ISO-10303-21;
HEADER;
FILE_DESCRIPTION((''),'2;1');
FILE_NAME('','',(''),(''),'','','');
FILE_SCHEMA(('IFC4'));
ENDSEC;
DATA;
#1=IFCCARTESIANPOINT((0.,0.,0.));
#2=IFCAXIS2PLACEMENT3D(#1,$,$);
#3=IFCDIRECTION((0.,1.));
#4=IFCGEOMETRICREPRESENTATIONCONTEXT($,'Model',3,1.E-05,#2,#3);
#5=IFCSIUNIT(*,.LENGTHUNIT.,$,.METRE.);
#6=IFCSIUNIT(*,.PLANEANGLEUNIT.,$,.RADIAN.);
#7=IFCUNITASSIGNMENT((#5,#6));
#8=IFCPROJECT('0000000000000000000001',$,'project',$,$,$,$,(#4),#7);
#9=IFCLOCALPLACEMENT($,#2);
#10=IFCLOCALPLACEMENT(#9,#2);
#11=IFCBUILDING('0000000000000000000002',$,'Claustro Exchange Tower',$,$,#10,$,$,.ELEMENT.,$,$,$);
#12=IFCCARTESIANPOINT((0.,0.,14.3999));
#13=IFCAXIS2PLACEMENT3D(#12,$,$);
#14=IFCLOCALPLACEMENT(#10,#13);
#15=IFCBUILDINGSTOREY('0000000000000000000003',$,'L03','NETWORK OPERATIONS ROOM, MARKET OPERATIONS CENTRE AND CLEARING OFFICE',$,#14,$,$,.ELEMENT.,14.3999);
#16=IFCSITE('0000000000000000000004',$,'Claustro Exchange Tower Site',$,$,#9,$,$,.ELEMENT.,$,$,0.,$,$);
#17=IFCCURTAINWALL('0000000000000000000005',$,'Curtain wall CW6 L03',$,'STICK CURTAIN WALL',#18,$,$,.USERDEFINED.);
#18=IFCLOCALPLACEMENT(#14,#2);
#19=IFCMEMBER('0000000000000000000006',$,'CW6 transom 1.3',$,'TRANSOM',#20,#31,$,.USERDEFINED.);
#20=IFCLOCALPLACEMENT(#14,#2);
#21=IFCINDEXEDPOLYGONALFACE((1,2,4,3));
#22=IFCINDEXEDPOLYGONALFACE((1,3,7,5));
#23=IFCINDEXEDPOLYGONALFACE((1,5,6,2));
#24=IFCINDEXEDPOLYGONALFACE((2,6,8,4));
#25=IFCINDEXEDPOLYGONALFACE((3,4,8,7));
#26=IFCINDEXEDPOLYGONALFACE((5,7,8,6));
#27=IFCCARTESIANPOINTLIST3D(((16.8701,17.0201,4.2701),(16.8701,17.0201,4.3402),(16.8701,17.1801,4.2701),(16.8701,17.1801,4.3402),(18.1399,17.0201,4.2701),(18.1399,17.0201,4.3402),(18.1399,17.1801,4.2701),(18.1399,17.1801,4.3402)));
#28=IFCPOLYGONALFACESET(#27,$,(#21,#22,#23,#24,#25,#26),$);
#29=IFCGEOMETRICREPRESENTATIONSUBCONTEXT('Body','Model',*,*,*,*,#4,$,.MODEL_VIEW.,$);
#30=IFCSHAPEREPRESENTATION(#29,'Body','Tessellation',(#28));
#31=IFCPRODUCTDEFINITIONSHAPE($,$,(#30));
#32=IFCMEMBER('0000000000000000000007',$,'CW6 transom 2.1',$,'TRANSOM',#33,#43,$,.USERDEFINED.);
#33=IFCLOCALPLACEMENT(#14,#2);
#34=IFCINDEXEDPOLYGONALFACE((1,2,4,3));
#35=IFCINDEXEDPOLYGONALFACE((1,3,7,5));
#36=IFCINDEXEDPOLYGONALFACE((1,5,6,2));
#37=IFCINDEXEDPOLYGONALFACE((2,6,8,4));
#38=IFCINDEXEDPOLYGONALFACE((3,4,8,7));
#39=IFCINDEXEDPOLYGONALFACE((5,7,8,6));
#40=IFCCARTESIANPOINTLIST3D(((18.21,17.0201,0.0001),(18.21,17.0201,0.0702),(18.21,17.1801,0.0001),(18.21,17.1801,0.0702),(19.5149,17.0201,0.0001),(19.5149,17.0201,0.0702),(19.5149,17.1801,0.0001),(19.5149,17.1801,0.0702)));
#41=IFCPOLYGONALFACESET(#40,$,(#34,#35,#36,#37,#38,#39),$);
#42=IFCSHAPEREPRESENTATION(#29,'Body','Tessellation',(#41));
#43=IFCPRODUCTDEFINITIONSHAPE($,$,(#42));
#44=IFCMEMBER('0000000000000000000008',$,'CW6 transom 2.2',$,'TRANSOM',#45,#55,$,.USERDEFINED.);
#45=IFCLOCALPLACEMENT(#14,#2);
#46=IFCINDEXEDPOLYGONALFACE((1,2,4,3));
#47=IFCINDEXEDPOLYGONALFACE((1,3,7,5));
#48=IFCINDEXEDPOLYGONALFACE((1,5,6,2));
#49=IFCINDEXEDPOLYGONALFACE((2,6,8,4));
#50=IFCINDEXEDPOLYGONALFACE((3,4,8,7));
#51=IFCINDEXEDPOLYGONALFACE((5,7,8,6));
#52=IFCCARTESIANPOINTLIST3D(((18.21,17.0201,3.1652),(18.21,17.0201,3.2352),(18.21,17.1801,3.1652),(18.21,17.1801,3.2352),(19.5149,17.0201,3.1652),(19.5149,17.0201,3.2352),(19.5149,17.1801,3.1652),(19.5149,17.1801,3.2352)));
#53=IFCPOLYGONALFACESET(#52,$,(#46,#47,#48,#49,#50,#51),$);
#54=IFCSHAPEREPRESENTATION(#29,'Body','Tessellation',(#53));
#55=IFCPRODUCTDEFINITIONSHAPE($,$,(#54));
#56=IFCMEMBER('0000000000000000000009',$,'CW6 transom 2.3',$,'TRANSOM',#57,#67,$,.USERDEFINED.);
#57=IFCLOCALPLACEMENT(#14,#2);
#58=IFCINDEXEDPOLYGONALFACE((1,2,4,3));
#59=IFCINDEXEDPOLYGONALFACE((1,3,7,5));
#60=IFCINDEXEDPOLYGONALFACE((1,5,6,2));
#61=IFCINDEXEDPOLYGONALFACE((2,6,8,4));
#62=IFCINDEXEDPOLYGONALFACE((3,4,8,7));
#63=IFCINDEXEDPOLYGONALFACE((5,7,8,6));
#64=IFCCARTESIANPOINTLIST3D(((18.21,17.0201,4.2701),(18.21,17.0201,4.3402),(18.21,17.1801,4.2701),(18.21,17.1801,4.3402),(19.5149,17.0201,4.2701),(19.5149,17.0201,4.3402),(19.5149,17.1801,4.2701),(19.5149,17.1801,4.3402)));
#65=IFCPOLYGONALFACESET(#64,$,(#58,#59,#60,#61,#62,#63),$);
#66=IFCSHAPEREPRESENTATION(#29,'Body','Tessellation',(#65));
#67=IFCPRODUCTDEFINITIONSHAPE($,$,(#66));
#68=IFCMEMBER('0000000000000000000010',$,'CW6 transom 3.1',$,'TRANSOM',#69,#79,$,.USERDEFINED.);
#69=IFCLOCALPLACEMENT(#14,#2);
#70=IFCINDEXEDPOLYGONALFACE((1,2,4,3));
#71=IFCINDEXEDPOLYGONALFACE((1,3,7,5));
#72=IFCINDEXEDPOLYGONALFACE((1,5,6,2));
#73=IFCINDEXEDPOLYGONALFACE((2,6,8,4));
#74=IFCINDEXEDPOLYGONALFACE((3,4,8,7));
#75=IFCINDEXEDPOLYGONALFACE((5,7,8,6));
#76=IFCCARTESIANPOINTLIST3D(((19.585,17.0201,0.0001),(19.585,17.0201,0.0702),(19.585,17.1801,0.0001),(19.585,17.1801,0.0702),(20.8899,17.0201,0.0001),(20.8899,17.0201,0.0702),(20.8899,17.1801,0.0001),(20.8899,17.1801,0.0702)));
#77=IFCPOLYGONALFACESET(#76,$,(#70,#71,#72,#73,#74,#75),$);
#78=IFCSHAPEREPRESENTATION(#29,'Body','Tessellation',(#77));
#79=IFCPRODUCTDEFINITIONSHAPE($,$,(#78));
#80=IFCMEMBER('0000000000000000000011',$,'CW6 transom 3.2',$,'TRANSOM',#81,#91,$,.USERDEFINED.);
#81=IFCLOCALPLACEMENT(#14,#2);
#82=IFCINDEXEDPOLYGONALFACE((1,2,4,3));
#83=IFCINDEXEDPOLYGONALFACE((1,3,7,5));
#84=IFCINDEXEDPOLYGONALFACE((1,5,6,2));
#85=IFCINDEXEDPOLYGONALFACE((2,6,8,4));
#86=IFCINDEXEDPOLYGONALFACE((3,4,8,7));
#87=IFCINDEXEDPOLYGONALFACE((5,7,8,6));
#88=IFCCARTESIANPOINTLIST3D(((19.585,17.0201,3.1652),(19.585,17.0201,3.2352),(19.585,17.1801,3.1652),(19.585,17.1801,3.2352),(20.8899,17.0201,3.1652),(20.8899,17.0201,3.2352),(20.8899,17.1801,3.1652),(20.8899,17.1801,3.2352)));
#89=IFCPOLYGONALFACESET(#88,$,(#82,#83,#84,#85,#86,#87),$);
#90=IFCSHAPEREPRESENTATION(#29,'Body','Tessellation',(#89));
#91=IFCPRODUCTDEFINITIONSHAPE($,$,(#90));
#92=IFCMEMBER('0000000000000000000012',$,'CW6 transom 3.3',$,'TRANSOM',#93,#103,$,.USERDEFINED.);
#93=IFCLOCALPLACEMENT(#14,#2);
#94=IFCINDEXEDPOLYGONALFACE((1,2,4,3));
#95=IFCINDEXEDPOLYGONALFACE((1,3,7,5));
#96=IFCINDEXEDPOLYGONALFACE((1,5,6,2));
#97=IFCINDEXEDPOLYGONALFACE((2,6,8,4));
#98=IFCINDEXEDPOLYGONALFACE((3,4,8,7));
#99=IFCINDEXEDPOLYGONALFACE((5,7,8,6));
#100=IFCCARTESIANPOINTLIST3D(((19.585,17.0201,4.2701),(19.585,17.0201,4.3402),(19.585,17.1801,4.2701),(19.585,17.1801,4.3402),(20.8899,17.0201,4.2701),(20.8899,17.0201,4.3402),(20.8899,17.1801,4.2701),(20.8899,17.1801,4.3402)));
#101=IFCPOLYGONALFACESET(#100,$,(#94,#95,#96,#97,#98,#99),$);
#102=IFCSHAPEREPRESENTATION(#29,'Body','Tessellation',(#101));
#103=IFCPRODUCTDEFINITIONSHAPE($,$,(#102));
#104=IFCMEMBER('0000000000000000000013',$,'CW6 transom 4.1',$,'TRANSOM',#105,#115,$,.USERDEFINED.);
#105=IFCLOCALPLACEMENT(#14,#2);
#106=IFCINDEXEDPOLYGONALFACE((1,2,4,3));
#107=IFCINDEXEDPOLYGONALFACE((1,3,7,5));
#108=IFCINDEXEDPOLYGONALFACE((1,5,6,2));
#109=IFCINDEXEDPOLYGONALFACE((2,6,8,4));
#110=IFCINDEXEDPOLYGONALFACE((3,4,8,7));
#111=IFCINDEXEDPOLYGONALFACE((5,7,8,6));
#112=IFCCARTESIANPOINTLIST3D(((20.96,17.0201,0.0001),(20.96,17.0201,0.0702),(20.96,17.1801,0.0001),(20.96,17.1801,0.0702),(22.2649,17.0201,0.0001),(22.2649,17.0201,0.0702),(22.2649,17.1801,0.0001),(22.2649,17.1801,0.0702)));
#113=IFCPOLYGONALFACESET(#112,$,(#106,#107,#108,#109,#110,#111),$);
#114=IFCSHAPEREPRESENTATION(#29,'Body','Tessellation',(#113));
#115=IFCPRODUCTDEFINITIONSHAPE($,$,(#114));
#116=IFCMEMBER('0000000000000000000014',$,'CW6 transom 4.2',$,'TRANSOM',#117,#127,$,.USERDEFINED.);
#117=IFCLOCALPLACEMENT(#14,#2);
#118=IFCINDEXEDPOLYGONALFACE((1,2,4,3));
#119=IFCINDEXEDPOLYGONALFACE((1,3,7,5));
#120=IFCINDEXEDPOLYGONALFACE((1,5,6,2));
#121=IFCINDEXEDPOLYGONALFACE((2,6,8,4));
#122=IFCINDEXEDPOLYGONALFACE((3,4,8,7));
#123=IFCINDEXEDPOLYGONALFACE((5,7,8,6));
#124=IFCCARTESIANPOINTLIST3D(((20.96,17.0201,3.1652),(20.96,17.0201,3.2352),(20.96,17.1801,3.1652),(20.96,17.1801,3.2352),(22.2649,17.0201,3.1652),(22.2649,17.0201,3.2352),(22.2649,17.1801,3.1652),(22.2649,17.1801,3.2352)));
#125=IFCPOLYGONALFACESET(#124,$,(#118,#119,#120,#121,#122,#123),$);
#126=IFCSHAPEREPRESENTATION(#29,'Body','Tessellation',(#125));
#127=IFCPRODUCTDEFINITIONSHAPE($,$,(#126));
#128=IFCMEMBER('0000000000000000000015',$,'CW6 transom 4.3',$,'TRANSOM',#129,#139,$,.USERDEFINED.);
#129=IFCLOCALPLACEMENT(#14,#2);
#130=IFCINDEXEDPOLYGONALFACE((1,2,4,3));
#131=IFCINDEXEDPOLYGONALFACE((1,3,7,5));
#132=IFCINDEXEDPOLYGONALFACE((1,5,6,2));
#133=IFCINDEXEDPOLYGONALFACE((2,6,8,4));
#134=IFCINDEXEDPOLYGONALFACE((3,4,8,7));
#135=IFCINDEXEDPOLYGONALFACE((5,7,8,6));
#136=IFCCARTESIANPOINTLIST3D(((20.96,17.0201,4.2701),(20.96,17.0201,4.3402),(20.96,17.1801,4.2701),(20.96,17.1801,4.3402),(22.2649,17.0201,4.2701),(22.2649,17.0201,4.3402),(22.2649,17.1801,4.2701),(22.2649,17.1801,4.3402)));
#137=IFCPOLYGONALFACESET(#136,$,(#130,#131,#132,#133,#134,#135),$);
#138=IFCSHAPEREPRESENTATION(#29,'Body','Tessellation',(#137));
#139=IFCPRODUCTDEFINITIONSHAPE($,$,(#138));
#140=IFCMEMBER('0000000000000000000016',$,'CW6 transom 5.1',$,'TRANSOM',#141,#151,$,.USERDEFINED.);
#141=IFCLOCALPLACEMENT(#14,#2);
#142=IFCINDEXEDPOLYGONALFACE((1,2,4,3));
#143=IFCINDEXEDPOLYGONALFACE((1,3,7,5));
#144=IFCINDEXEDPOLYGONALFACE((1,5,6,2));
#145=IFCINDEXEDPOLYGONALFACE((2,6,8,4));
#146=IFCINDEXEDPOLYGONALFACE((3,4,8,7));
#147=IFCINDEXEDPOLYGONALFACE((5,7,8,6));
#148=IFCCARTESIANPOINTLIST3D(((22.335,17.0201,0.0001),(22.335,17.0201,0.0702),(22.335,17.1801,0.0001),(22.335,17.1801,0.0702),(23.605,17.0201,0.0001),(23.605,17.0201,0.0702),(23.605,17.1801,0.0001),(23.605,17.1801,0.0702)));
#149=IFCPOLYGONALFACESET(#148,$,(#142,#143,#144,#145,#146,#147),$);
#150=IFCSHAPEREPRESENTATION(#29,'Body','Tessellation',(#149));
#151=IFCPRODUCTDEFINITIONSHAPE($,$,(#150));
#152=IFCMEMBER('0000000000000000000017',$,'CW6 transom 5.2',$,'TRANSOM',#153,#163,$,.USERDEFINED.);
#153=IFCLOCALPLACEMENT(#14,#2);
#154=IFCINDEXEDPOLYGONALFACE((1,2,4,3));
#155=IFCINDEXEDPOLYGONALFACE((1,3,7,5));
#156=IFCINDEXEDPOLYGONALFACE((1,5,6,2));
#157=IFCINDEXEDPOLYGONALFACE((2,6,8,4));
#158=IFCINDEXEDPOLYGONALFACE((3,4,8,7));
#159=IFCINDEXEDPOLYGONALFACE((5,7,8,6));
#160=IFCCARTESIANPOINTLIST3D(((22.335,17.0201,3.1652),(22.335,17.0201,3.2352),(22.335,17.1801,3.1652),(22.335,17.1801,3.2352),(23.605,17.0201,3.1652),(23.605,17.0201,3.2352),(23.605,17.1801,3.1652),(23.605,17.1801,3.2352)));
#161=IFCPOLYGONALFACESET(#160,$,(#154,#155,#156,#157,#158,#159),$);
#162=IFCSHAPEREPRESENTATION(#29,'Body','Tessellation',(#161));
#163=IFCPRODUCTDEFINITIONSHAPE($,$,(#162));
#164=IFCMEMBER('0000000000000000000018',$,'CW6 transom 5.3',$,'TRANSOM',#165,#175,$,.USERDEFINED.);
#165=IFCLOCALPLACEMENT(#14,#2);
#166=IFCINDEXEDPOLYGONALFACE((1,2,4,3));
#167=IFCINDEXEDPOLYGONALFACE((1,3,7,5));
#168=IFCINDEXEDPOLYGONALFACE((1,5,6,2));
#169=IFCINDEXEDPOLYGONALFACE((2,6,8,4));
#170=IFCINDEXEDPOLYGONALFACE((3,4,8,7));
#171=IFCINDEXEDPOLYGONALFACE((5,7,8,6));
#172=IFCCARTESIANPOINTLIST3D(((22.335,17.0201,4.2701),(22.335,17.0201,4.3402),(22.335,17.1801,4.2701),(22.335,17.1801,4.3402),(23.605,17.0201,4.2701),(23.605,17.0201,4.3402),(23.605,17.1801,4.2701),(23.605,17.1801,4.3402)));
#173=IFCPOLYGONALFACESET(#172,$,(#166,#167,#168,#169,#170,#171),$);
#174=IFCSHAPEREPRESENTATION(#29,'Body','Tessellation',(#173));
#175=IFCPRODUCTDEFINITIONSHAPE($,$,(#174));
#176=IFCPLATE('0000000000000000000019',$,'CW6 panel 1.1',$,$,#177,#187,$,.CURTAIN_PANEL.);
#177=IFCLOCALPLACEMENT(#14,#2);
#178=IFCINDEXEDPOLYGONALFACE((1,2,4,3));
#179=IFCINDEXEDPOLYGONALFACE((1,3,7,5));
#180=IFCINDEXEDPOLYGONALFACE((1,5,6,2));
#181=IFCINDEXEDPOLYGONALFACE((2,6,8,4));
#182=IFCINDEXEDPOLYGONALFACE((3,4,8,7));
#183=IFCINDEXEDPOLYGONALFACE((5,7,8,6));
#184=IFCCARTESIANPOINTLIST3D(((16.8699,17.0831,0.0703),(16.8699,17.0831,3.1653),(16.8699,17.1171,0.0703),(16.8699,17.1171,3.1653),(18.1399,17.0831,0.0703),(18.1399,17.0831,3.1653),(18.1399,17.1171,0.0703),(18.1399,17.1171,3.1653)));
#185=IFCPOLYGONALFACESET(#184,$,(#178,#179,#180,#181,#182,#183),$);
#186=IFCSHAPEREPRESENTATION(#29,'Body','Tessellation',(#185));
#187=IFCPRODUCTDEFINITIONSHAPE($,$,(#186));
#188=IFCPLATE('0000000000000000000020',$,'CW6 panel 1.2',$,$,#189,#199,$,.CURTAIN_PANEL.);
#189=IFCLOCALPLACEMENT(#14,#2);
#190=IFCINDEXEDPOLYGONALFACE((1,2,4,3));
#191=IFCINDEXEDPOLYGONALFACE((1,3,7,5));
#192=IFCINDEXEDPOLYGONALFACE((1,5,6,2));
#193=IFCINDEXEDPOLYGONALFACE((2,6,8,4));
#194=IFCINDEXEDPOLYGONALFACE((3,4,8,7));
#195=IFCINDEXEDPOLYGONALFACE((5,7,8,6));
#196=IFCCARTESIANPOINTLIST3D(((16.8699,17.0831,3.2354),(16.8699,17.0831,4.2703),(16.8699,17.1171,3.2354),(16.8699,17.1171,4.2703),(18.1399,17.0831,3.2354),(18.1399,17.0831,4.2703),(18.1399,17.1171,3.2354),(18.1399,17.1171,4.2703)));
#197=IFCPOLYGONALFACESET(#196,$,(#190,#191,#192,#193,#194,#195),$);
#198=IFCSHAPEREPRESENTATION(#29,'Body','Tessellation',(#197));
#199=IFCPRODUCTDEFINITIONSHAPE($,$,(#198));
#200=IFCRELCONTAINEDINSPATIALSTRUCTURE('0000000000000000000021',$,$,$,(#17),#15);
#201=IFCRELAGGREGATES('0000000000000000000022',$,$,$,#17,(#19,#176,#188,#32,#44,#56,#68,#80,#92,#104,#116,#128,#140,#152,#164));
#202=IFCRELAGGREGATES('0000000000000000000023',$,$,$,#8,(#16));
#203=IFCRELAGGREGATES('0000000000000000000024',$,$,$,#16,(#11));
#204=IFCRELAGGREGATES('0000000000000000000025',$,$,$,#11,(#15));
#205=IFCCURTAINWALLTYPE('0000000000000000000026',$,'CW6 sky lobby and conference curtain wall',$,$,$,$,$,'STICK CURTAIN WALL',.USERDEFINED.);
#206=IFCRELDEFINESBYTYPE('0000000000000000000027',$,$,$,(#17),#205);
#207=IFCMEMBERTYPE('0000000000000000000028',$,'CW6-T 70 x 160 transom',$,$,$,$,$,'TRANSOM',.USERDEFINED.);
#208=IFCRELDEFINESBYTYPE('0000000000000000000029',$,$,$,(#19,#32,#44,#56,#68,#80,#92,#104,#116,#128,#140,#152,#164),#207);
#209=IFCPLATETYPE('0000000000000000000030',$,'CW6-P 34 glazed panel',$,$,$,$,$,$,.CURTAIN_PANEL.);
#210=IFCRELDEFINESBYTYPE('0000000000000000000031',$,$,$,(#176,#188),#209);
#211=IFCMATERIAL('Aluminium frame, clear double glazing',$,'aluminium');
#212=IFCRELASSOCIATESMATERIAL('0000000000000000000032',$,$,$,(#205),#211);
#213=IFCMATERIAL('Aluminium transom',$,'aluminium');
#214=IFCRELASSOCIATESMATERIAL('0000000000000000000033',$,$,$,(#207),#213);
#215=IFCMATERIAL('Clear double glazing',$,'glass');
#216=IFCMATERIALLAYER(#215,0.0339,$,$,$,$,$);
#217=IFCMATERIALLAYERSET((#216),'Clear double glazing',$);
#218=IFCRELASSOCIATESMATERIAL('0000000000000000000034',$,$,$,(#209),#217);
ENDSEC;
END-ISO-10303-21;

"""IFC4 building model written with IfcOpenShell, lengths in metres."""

from ifc_helpers import new_model, si_unit, direction, frame, origin, origin_2d, place, context, subcontext, project, spatial, rectangle, extrude, material, layer, layer_set, material_profile, profile_set, type_object, element, aggregate, save


model = new_model("IFC4")

# Units and contexts
model_context = context("Model", 3, precision=1e-05, world=origin(), true_north=direction((0.0, 1.0)))
body_context = subcontext(model_context, "Body", "Model", "MODEL_VIEW")
ifc_project = project(units=[si_unit("LENGTHUNIT", "METRE"), si_unit("PLANEANGLEUNIT", "RADIAN")], contexts=[model_context])

# Site, building, storey
site_placement = place(None, origin())
site = spatial("IfcSite", under=ifc_project, at=site_placement, Name="Claustro Exchange Tower Site", CompositionType="ELEMENT", RefElevation=0.0)
building_placement = place(site_placement, origin())
building = spatial("IfcBuilding", under=site, at=building_placement, Name="Claustro Exchange Tower", CompositionType="ELEMENT")
storey_placement = place(building_placement, frame((0.0, 0.0, 14.3999)))
storey = spatial("IfcBuildingStorey", under=building, at=storey_placement, Name="L03", Description="NETWORK OPERATIONS ROOM, MARKET OPERATIONS CENTRE AND CLEARING OFFICE", CompositionType="ELEMENT", Elevation=14.3999)

# Curtain wall, members, plates
ifc_material_1 = material(Name="Aluminium frame, clear double glazing", Category="aluminium")
curtain_wall_type = type_object("IfcCurtainWallType", Name="CW6 sky lobby and conference curtain wall", ElementType="STICK CURTAIN WALL", PredefinedType="USERDEFINED", material=ifc_material_1)
curtain_wall_placement = place(storey_placement, origin())
curtain_wall = element("IfcCurtainWall", 1, at=curtain_wall_placement, inside=storey, type_object=curtain_wall_type, Name="Curtain wall CW6 L03", ObjectType="STICK CURTAIN WALL", PredefinedType="USERDEFINED")
ifc_material_2 = material(Name="Aluminium transom", Category="aluminium")
ifc_material_profile_1 = material_profile(ifc_material_2, rectangle(XDim=0.1599, YDim=0.0701, at=origin_2d()), Name="CW6-T 70x160")
ifc_profile_set_1 = profile_set([ifc_material_profile_1], Name="Aluminium transom")
member_type_1 = type_object("IfcMemberType", Name="CW6-T 70 x 160 transom", ElementType="TRANSOM", PredefinedType="USERDEFINED", material=ifc_profile_set_1)
member_1_placement = place(storey_placement, frame((16.8701, 17.1001, 4.3052), z_axis=(1.0, 0.0, 0.0), x_axis=(0.0, 1.0, 0.0)))
member_1 = element("IfcMember", 2, at=member_1_placement, type_object=member_type_1, Name="CW6 transom 1.3", ObjectType="TRANSOM", PredefinedType="USERDEFINED", context=body_context, shape_type="SweptSolid", body=[
    extrude(rectangle(XDim=0.1599, YDim=0.0701, at=origin_2d()), origin(), (0.0, 0.0, 1.0), 1.2698),
])
member_2_placement = place(storey_placement, frame((18.21, 17.1001, 0.0352), z_axis=(1.0, 0.0, 0.0), x_axis=(0.0, 1.0, 0.0)))
member_2 = element("IfcMember", 3, at=member_2_placement, type_object=member_type_1, Name="CW6 transom 2.1", ObjectType="TRANSOM", PredefinedType="USERDEFINED", context=body_context, shape_type="SweptSolid", body=[
    extrude(rectangle(XDim=0.1599, YDim=0.0701, at=origin_2d()), origin(), (0.0, 0.0, 1.0), 1.3049),
])
member_3_placement = place(storey_placement, frame((18.21, 17.1001, 3.2002), z_axis=(1.0, 0.0, 0.0), x_axis=(0.0, 1.0, 0.0)))
member_3 = element("IfcMember", 4, at=member_3_placement, type_object=member_type_1, Name="CW6 transom 2.2", ObjectType="TRANSOM", PredefinedType="USERDEFINED", context=body_context, shape_type="SweptSolid", body=[
    extrude(rectangle(XDim=0.1599, YDim=0.0701, at=origin_2d()), origin(), (0.0, 0.0, 1.0), 1.3049),
])
member_4_placement = place(storey_placement, frame((18.21, 17.1001, 4.3052), z_axis=(1.0, 0.0, 0.0), x_axis=(0.0, 1.0, 0.0)))
member_4 = element("IfcMember", 5, at=member_4_placement, type_object=member_type_1, Name="CW6 transom 2.3", ObjectType="TRANSOM", PredefinedType="USERDEFINED", context=body_context, shape_type="SweptSolid", body=[
    extrude(rectangle(XDim=0.1599, YDim=0.0701, at=origin_2d()), origin(), (0.0, 0.0, 1.0), 1.3049),
])
member_5_placement = place(storey_placement, frame((19.585, 17.1001, 0.0352), z_axis=(1.0, 0.0, 0.0), x_axis=(0.0, 1.0, 0.0)))
member_5 = element("IfcMember", 6, at=member_5_placement, type_object=member_type_1, Name="CW6 transom 3.1", ObjectType="TRANSOM", PredefinedType="USERDEFINED", context=body_context, shape_type="SweptSolid", body=[
    extrude(rectangle(XDim=0.1599, YDim=0.0701, at=origin_2d()), origin(), (0.0, 0.0, 1.0), 1.3049),
])
member_6_placement = place(storey_placement, frame((19.585, 17.1001, 3.2002), z_axis=(1.0, 0.0, 0.0), x_axis=(0.0, 1.0, 0.0)))
member_6 = element("IfcMember", 7, at=member_6_placement, type_object=member_type_1, Name="CW6 transom 3.2", ObjectType="TRANSOM", PredefinedType="USERDEFINED", context=body_context, shape_type="SweptSolid", body=[
    extrude(rectangle(XDim=0.1599, YDim=0.0701, at=origin_2d()), origin(), (0.0, 0.0, 1.0), 1.3049),
])
member_7_placement = place(storey_placement, frame((19.585, 17.1001, 4.3052), z_axis=(1.0, 0.0, 0.0), x_axis=(0.0, 1.0, 0.0)))
member_7 = element("IfcMember", 8, at=member_7_placement, type_object=member_type_1, Name="CW6 transom 3.3", ObjectType="TRANSOM", PredefinedType="USERDEFINED", context=body_context, shape_type="SweptSolid", body=[
    extrude(rectangle(XDim=0.1599, YDim=0.0701, at=origin_2d()), origin(), (0.0, 0.0, 1.0), 1.3049),
])
member_8_placement = place(storey_placement, frame((20.96, 17.1001, 0.0352), z_axis=(1.0, 0.0, 0.0), x_axis=(0.0, 1.0, 0.0)))
member_8 = element("IfcMember", 9, at=member_8_placement, type_object=member_type_1, Name="CW6 transom 4.1", ObjectType="TRANSOM", PredefinedType="USERDEFINED", context=body_context, shape_type="SweptSolid", body=[
    extrude(rectangle(XDim=0.1599, YDim=0.0701, at=origin_2d()), origin(), (0.0, 0.0, 1.0), 1.3049),
])
member_9_placement = place(storey_placement, frame((20.96, 17.1001, 3.2002), z_axis=(1.0, 0.0, 0.0), x_axis=(0.0, 1.0, 0.0)))
member_9 = element("IfcMember", 10, at=member_9_placement, type_object=member_type_1, Name="CW6 transom 4.2", ObjectType="TRANSOM", PredefinedType="USERDEFINED", context=body_context, shape_type="SweptSolid", body=[
    extrude(rectangle(XDim=0.1599, YDim=0.0701, at=origin_2d()), origin(), (0.0, 0.0, 1.0), 1.3049),
])
member_10_placement = place(storey_placement, frame((20.96, 17.1001, 4.3052), z_axis=(1.0, 0.0, 0.0), x_axis=(0.0, 1.0, 0.0)))
member_10 = element("IfcMember", 11, at=member_10_placement, type_object=member_type_1, Name="CW6 transom 4.3", ObjectType="TRANSOM", PredefinedType="USERDEFINED", context=body_context, shape_type="SweptSolid", body=[
    extrude(rectangle(XDim=0.1599, YDim=0.0701, at=origin_2d()), origin(), (0.0, 0.0, 1.0), 1.3049),
])
member_11_placement = place(storey_placement, frame((22.335, 17.1001, 0.0352), z_axis=(1.0, 0.0, 0.0), x_axis=(0.0, 1.0, 0.0)))
member_11 = element("IfcMember", 12, at=member_11_placement, type_object=member_type_1, Name="CW6 transom 5.1", ObjectType="TRANSOM", PredefinedType="USERDEFINED", context=body_context, shape_type="SweptSolid", body=[
    extrude(rectangle(XDim=0.1599, YDim=0.0701, at=origin_2d()), origin(), (0.0, 0.0, 1.0), 1.27),
])
member_12_placement = place(storey_placement, frame((22.335, 17.1001, 3.2002), z_axis=(1.0, 0.0, 0.0), x_axis=(0.0, 1.0, 0.0)))
member_12 = element("IfcMember", 13, at=member_12_placement, type_object=member_type_1, Name="CW6 transom 5.2", ObjectType="TRANSOM", PredefinedType="USERDEFINED", context=body_context, shape_type="SweptSolid", body=[
    extrude(rectangle(XDim=0.1599, YDim=0.0701, at=origin_2d()), origin(), (0.0, 0.0, 1.0), 1.27),
])
member_13_placement = place(storey_placement, frame((22.335, 17.1001, 4.3052), z_axis=(1.0, 0.0, 0.0), x_axis=(0.0, 1.0, 0.0)))
member_13 = element("IfcMember", 14, at=member_13_placement, type_object=member_type_1, Name="CW6 transom 5.3", ObjectType="TRANSOM", PredefinedType="USERDEFINED", context=body_context, shape_type="SweptSolid", body=[
    extrude(rectangle(XDim=0.1599, YDim=0.0701, at=origin_2d()), origin(), (0.0, 0.0, 1.0), 1.27),
])
ifc_material_3 = material(Name="Clear double glazing", Category="glass")
ifc_layer_1 = layer(ifc_material_3, 0.0339)
ifc_layer_set_1 = layer_set([ifc_layer_1], Name="Clear double glazing")
plate_type = type_object("IfcPlateType", Name="CW6-P 34 glazed panel", PredefinedType="CURTAIN_PANEL", material=ifc_layer_set_1)
plate_1_placement = place(storey_placement, frame((17.5049, 17.1001, 0.0703), z_axis=(0.0, 0.0, 1.0), x_axis=(1.0, 0.0, 0.0)))
plate_1 = element("IfcPlate", 15, at=plate_1_placement, type_object=plate_type, Name="CW6 panel 1.1", PredefinedType="CURTAIN_PANEL", context=body_context, shape_type="SweptSolid", body=[
    extrude(rectangle(XDim=1.27, YDim=0.0339, at=origin_2d()), origin(), (0.0, 0.0, 1.0), 3.095),
])
plate_2_placement = place(storey_placement, frame((17.5049, 17.1001, 3.2354), z_axis=(0.0, 0.0, 1.0), x_axis=(1.0, 0.0, 0.0)))
plate_2 = element("IfcPlate", 16, at=plate_2_placement, type_object=plate_type, Name="CW6 panel 1.2", PredefinedType="CURTAIN_PANEL", context=body_context, shape_type="SweptSolid", body=[
    extrude(rectangle(XDim=1.27, YDim=0.0339, at=origin_2d()), origin(), (0.0, 0.0, 1.0), 1.0349),
])
aggregate(curtain_wall, [member_1, plate_1, plate_2, member_2, member_3, member_4, member_5, member_6, member_7, member_8, member_9, member_10, member_11, member_12, member_13])

save(model, "model.ifc")
